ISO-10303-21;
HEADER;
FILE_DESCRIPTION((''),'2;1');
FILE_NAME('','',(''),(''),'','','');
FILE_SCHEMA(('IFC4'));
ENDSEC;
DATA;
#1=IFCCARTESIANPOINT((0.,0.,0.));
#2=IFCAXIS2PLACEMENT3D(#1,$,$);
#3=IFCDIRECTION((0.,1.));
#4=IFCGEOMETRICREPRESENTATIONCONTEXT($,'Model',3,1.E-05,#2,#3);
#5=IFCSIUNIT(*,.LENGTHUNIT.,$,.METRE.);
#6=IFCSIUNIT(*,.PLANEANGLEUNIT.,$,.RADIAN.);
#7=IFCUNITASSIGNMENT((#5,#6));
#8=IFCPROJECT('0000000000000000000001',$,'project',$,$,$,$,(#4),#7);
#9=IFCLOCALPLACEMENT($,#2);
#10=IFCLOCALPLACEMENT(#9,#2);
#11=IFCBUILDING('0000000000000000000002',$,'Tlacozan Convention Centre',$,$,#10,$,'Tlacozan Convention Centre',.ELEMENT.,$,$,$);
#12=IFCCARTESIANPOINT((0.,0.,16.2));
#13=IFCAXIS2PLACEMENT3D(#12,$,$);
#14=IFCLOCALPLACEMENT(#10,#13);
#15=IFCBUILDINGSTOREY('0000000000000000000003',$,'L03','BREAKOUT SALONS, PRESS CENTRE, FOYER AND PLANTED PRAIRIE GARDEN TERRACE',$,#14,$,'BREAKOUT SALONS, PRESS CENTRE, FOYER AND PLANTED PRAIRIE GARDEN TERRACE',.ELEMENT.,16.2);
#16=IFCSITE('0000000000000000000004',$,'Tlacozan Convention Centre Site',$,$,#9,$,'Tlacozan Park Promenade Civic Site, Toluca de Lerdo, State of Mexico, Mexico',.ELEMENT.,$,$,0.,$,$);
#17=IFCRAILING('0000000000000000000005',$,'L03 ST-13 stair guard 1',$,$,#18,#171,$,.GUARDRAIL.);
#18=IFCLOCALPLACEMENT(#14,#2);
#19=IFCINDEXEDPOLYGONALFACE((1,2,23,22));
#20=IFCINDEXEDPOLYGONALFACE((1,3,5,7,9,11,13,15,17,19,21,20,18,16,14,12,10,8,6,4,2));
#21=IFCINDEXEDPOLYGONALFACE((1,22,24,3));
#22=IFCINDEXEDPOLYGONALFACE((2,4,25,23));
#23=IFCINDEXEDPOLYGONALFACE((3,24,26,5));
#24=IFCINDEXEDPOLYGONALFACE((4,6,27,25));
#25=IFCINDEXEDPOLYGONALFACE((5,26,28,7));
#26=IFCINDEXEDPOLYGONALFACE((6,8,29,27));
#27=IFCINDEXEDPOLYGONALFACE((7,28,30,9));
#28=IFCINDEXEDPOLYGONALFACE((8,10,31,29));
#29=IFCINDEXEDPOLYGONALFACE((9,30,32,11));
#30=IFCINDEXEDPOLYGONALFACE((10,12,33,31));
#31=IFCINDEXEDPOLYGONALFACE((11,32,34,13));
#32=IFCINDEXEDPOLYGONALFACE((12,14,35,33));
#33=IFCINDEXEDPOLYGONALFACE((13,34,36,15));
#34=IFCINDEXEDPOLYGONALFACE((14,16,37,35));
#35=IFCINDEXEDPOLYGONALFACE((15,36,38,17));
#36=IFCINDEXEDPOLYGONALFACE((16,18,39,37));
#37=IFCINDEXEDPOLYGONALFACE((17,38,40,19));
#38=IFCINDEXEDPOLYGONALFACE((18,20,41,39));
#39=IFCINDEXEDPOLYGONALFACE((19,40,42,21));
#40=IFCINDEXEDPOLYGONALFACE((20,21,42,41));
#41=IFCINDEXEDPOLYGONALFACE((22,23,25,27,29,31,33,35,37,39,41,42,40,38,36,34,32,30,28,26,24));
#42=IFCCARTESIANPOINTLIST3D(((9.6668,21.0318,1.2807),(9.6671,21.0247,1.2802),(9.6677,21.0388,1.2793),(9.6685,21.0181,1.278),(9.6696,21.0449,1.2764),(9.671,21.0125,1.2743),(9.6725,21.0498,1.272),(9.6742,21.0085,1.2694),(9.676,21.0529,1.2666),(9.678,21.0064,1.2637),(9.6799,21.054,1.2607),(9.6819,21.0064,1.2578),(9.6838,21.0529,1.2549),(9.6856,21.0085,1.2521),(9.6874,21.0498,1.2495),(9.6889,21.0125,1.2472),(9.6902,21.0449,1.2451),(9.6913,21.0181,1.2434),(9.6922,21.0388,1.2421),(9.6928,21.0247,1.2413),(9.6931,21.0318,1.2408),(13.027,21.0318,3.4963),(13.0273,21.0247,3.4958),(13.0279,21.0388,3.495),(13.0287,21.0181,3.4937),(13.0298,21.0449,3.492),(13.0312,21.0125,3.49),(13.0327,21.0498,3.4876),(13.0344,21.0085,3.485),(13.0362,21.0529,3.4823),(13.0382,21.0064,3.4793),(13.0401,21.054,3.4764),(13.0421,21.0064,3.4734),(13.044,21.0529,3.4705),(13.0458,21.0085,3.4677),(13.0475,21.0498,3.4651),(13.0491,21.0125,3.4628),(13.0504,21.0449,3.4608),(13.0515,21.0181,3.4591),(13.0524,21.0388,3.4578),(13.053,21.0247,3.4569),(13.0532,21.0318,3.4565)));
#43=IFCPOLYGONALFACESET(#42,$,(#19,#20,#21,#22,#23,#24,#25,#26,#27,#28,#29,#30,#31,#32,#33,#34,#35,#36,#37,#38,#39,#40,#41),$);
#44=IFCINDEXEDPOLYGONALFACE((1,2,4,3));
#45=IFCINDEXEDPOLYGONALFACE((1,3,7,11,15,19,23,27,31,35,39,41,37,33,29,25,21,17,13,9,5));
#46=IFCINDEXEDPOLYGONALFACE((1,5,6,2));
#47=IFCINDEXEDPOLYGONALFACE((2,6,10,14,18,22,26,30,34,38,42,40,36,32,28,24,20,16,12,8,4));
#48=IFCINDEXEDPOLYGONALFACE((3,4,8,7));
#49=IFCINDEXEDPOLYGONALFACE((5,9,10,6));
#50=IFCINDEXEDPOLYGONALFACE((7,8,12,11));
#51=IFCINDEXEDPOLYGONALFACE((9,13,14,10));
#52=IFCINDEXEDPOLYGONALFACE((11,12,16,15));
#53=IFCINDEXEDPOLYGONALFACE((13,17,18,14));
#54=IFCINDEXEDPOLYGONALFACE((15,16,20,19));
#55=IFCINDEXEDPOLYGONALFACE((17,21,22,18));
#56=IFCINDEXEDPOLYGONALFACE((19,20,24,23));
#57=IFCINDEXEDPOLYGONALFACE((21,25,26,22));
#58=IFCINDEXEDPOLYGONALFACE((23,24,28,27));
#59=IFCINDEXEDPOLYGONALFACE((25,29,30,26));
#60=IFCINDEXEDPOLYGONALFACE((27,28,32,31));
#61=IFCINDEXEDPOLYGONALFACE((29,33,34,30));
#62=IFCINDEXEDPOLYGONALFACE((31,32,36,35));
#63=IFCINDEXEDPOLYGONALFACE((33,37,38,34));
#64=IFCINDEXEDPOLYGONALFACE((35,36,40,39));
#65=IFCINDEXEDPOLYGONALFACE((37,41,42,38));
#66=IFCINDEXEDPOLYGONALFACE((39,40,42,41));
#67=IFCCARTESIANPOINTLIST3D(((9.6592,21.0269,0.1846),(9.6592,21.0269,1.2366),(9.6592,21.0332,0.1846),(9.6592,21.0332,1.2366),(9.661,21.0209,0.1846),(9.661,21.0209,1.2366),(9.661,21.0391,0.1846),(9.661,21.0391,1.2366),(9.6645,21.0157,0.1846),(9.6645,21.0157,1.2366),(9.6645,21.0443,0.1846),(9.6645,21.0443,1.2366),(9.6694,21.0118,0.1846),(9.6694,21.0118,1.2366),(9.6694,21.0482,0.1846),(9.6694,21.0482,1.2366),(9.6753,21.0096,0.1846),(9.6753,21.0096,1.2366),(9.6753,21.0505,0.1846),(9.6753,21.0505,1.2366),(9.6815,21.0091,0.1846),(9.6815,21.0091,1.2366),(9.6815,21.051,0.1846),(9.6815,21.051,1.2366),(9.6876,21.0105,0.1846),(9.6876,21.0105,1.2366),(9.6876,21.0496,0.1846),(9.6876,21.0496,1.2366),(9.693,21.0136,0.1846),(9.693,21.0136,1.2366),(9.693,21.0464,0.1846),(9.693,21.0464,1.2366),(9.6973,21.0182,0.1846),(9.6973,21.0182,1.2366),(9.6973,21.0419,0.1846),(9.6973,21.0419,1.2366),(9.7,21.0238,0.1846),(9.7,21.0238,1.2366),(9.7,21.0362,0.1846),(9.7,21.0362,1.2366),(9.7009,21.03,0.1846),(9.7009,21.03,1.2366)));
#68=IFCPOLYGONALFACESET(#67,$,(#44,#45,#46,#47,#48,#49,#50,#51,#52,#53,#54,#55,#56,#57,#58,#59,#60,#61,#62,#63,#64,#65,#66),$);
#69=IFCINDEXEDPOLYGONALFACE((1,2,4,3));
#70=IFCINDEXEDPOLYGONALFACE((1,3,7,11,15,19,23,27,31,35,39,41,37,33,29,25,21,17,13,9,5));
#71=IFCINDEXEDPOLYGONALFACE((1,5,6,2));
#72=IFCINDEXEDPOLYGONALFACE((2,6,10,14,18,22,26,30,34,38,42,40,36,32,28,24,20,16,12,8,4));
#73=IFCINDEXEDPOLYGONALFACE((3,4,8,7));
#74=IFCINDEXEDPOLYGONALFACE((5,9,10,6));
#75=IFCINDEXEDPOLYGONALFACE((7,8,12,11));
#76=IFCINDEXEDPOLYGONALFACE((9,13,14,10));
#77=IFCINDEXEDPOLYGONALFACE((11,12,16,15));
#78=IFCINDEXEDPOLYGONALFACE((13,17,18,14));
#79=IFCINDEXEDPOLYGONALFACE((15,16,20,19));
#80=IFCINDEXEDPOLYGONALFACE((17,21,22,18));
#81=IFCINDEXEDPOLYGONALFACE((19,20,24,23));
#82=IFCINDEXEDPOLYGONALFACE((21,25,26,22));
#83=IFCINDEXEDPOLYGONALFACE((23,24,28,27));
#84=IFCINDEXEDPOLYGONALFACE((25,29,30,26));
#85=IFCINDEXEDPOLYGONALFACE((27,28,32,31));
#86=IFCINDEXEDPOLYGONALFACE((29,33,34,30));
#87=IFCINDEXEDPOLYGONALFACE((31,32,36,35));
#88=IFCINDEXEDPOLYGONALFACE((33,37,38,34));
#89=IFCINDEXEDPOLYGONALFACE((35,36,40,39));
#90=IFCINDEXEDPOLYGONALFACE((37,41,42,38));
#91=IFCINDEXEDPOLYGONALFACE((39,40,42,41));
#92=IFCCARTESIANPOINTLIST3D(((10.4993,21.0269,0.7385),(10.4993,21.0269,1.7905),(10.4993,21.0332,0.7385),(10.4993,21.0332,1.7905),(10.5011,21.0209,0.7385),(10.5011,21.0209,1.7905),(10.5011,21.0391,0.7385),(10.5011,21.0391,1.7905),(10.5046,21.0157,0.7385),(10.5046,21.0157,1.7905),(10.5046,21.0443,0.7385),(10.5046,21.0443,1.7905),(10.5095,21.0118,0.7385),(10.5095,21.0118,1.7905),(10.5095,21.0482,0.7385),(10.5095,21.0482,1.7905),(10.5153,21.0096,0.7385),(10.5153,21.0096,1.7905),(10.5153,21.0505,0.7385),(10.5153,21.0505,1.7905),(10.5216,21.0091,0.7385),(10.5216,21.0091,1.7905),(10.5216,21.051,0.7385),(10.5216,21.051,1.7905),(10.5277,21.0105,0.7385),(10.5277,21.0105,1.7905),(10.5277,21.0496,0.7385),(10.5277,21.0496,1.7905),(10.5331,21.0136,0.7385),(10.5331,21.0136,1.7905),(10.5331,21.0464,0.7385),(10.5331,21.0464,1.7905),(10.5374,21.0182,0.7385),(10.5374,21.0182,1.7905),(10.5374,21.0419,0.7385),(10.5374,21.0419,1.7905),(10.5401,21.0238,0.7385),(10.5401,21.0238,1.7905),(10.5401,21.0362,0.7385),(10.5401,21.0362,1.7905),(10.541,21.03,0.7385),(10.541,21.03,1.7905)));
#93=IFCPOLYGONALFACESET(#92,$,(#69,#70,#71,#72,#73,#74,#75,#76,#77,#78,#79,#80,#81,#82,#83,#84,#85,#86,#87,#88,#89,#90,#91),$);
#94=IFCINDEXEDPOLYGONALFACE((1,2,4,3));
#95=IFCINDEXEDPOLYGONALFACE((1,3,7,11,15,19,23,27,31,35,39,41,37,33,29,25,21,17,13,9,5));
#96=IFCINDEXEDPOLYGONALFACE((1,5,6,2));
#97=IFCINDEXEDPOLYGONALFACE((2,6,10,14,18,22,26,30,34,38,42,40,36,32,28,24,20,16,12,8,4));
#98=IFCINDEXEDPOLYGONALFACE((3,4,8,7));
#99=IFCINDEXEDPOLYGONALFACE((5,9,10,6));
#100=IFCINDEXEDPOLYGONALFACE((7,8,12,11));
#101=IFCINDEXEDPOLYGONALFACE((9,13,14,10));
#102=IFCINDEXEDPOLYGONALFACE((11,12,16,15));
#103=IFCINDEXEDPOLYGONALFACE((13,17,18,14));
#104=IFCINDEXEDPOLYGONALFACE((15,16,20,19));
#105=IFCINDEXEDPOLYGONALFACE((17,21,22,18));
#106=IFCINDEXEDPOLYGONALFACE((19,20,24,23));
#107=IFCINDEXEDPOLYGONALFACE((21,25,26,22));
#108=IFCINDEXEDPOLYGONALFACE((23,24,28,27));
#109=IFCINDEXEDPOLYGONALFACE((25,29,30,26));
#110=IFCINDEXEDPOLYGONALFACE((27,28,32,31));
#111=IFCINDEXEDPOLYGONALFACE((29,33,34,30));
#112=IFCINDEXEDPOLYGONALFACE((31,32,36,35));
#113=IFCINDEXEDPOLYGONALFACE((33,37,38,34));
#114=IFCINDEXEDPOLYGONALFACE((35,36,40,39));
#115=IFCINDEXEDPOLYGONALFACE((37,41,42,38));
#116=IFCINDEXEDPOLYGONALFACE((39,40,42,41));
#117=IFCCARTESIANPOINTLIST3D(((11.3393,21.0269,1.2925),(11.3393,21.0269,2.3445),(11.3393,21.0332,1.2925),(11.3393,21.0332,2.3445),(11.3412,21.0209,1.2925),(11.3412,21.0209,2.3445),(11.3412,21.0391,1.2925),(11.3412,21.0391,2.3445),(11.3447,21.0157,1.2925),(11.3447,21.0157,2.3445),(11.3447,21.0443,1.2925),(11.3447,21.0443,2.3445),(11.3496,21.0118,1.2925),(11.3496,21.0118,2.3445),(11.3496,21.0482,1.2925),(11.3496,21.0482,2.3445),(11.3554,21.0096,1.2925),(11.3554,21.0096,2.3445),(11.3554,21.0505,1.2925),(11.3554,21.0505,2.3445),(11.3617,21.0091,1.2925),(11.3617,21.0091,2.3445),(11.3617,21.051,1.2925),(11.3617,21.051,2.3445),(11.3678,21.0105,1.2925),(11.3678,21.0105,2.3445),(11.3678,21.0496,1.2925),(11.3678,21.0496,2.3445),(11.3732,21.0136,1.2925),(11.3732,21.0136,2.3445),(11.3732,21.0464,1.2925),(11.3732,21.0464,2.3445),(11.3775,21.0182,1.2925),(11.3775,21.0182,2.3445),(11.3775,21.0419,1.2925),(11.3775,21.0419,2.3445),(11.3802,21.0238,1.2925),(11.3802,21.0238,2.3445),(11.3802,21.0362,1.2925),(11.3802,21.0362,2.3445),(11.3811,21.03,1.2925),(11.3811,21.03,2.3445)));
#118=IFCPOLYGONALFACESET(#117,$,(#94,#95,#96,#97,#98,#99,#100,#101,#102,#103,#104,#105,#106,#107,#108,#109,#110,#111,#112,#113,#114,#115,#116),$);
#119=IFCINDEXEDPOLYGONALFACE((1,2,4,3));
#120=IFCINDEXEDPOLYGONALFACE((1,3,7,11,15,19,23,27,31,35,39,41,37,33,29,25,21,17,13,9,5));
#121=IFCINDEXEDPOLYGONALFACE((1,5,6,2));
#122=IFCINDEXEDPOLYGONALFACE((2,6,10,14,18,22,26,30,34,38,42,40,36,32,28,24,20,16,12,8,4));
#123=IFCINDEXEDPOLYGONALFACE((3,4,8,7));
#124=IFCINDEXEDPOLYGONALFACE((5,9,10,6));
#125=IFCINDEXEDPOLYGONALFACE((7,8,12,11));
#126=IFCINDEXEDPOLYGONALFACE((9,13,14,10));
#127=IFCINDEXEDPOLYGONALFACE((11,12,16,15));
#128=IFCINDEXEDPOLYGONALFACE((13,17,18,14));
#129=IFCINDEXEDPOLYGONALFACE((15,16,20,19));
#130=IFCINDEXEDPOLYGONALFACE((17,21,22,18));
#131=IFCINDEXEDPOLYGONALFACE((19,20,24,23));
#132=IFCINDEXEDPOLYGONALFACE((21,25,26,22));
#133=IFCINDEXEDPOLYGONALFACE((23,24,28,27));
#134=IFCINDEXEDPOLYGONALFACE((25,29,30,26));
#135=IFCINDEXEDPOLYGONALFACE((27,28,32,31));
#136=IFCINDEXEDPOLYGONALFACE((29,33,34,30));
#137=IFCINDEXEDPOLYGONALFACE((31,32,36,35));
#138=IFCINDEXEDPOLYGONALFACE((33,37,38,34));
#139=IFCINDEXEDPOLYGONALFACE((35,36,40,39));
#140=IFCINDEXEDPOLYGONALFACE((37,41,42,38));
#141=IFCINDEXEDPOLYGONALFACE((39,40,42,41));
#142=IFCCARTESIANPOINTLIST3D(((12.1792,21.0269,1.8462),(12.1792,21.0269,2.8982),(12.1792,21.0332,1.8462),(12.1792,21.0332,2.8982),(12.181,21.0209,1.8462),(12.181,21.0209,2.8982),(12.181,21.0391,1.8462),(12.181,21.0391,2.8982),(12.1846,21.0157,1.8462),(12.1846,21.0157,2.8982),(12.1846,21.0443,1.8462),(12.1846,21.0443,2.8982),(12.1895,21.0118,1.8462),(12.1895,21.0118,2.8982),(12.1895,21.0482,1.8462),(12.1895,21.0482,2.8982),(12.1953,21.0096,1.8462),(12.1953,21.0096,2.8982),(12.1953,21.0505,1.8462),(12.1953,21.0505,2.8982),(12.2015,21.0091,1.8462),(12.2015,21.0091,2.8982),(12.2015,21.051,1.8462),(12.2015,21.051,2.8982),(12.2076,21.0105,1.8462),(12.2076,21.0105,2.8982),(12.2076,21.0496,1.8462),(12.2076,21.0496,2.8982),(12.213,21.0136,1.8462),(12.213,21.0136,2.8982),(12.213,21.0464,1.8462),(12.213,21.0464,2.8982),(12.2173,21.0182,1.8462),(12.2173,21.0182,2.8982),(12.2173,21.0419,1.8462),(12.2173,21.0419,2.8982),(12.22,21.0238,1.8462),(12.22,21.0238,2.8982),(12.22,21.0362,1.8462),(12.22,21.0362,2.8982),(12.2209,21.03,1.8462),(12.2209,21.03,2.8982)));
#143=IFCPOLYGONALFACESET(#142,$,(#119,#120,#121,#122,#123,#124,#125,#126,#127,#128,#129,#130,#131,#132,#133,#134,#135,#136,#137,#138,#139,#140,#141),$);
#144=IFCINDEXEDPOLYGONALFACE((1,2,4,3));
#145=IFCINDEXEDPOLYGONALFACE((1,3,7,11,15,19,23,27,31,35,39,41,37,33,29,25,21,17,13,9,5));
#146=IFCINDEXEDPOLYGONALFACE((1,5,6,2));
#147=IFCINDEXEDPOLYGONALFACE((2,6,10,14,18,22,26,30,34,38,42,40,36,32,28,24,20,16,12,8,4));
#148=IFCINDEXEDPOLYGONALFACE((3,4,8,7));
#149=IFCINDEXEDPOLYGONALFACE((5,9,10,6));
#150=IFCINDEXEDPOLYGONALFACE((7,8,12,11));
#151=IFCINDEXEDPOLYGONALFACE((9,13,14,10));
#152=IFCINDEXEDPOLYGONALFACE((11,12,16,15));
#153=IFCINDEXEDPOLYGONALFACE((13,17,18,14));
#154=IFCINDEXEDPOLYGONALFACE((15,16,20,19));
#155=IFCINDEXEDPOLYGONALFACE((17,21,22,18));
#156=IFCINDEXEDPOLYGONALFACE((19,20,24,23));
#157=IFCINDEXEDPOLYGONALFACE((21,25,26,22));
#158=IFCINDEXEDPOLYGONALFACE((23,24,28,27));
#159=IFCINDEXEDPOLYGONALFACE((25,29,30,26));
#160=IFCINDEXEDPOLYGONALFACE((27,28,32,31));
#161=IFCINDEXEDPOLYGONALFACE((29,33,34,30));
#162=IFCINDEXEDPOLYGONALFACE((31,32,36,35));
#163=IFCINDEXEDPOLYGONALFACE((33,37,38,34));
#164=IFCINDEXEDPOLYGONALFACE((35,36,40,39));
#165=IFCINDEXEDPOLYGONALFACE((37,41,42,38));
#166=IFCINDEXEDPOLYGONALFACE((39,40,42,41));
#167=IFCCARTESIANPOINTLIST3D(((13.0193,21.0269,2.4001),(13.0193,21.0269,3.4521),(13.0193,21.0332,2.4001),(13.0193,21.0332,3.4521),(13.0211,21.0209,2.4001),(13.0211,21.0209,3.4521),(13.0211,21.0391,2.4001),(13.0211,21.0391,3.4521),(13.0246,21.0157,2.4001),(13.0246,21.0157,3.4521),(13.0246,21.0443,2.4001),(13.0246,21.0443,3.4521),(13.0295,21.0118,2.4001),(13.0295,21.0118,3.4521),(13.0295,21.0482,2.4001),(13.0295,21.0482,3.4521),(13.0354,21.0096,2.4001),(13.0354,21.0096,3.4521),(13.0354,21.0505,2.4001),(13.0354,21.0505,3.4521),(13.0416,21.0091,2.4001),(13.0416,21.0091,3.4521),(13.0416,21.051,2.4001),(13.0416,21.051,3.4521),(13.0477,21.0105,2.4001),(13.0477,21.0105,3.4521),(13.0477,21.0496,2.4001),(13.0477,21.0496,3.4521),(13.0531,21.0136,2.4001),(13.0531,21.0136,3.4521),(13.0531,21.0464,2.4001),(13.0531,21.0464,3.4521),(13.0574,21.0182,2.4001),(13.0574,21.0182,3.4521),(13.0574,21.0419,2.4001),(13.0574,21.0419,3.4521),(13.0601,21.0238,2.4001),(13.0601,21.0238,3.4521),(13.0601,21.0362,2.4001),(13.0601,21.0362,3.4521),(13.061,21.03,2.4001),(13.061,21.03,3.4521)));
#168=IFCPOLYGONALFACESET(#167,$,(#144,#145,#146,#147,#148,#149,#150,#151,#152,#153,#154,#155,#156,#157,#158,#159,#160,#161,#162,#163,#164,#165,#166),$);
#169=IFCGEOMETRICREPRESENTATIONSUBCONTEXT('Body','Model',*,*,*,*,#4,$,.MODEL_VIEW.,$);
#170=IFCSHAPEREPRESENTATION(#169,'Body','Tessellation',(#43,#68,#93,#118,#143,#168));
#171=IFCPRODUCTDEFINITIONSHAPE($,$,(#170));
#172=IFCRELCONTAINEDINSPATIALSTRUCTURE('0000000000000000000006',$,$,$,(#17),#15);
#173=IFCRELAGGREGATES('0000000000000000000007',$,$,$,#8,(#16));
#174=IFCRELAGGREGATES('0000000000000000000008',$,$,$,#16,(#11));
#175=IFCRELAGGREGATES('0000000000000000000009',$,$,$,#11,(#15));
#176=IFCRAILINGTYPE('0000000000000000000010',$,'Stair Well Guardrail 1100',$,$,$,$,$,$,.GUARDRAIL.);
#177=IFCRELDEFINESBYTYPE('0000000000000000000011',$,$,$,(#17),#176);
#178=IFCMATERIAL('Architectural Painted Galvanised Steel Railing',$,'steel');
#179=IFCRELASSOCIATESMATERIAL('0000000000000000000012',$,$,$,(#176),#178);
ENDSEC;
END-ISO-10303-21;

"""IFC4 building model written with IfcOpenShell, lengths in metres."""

from ifc_helpers import new_model, si_unit, direction, frame, origin, origin_2d, place, context, subcontext, project, spatial, circle, extrude, material, type_object, element, save


model = new_model("IFC4")

# Units and contexts
model_context = context("Model", 3, precision=1e-05, world=origin(), true_north=direction((0.0, 1.0)))
body_context = subcontext(model_context, "Body", "Model", "MODEL_VIEW")
ifc_project = project(units=[si_unit("LENGTHUNIT", "METRE"), si_unit("PLANEANGLEUNIT", "RADIAN")], contexts=[model_context])

# Site, building, storey
site_placement = place(None, origin())
site = spatial("IfcSite", under=ifc_project, at=site_placement, Name="Tlacozan Convention Centre Site", LongName="Tlacozan Park Promenade Civic Site, Toluca de Lerdo, State of Mexico, Mexico", CompositionType="ELEMENT", RefElevation=0.0)
building_placement = place(site_placement, origin())
building = spatial("IfcBuilding", under=site, at=building_placement, Name="Tlacozan Convention Centre", LongName="Tlacozan Convention Centre", CompositionType="ELEMENT")
storey_placement = place(building_placement, frame((0.0, 0.0, 16.2)))
storey = spatial("IfcBuildingStorey", under=building, at=storey_placement, Name="L03", Description="BREAKOUT SALONS, PRESS CENTRE, FOYER AND PLANTED PRAIRIE GARDEN TERRACE", LongName="BREAKOUT SALONS, PRESS CENTRE, FOYER AND PLANTED PRAIRIE GARDEN TERRACE", CompositionType="ELEMENT", Elevation=16.2)

# Railing
ifc_material_1 = material(Name="Architectural Painted Galvanised Steel Railing", Category="steel")
railing_type_1 = type_object("IfcRailingType", Name="Stair Well Guardrail 1100", PredefinedType="GUARDRAIL", material=ifc_material_1)
railing_1_placement = place(storey_placement, frame((9.6799, 21.03, 0.1846)))
element("IfcRailing", 1, at=railing_1_placement, inside=storey, type_object=railing_type_1, Name="L03 ST-13 stair guard 1", PredefinedType="GUARDRAIL", context=body_context, shape_type="SweptSolid", body=[
    extrude(circle(Radius=0.0239, at=origin_2d()), frame((0.0, 0.0, 1.0762), z_axis=(0.834849, 0.0, 0.55048), x_axis=(0.0, 1.0, 0.0)), (0.0, 0.0, 1.0), 4.0249),
    extrude(circle(Radius=0.021, at=origin_2d()), origin(), (0.0, 0.0, 1.0), 1.052),
    extrude(circle(Radius=0.021, at=origin_2d()), frame((0.8401, 0.0, 0.554)), (0.0, 0.0, 1.0), 1.052),
    extrude(circle(Radius=0.021, at=origin_2d()), frame((1.6802, 0.0, 1.1079)), (0.0, 0.0, 1.0), 1.052),
    extrude(circle(Radius=0.021, at=origin_2d()), frame((2.52, 0.0, 1.6616)), (0.0, 0.0, 1.0), 1.052),
    extrude(circle(Radius=0.021, at=origin_2d()), frame((3.3601, 0.0, 2.2156)), (0.0, 0.0, 1.0), 1.052),
])

save(model, "model.ifc")
